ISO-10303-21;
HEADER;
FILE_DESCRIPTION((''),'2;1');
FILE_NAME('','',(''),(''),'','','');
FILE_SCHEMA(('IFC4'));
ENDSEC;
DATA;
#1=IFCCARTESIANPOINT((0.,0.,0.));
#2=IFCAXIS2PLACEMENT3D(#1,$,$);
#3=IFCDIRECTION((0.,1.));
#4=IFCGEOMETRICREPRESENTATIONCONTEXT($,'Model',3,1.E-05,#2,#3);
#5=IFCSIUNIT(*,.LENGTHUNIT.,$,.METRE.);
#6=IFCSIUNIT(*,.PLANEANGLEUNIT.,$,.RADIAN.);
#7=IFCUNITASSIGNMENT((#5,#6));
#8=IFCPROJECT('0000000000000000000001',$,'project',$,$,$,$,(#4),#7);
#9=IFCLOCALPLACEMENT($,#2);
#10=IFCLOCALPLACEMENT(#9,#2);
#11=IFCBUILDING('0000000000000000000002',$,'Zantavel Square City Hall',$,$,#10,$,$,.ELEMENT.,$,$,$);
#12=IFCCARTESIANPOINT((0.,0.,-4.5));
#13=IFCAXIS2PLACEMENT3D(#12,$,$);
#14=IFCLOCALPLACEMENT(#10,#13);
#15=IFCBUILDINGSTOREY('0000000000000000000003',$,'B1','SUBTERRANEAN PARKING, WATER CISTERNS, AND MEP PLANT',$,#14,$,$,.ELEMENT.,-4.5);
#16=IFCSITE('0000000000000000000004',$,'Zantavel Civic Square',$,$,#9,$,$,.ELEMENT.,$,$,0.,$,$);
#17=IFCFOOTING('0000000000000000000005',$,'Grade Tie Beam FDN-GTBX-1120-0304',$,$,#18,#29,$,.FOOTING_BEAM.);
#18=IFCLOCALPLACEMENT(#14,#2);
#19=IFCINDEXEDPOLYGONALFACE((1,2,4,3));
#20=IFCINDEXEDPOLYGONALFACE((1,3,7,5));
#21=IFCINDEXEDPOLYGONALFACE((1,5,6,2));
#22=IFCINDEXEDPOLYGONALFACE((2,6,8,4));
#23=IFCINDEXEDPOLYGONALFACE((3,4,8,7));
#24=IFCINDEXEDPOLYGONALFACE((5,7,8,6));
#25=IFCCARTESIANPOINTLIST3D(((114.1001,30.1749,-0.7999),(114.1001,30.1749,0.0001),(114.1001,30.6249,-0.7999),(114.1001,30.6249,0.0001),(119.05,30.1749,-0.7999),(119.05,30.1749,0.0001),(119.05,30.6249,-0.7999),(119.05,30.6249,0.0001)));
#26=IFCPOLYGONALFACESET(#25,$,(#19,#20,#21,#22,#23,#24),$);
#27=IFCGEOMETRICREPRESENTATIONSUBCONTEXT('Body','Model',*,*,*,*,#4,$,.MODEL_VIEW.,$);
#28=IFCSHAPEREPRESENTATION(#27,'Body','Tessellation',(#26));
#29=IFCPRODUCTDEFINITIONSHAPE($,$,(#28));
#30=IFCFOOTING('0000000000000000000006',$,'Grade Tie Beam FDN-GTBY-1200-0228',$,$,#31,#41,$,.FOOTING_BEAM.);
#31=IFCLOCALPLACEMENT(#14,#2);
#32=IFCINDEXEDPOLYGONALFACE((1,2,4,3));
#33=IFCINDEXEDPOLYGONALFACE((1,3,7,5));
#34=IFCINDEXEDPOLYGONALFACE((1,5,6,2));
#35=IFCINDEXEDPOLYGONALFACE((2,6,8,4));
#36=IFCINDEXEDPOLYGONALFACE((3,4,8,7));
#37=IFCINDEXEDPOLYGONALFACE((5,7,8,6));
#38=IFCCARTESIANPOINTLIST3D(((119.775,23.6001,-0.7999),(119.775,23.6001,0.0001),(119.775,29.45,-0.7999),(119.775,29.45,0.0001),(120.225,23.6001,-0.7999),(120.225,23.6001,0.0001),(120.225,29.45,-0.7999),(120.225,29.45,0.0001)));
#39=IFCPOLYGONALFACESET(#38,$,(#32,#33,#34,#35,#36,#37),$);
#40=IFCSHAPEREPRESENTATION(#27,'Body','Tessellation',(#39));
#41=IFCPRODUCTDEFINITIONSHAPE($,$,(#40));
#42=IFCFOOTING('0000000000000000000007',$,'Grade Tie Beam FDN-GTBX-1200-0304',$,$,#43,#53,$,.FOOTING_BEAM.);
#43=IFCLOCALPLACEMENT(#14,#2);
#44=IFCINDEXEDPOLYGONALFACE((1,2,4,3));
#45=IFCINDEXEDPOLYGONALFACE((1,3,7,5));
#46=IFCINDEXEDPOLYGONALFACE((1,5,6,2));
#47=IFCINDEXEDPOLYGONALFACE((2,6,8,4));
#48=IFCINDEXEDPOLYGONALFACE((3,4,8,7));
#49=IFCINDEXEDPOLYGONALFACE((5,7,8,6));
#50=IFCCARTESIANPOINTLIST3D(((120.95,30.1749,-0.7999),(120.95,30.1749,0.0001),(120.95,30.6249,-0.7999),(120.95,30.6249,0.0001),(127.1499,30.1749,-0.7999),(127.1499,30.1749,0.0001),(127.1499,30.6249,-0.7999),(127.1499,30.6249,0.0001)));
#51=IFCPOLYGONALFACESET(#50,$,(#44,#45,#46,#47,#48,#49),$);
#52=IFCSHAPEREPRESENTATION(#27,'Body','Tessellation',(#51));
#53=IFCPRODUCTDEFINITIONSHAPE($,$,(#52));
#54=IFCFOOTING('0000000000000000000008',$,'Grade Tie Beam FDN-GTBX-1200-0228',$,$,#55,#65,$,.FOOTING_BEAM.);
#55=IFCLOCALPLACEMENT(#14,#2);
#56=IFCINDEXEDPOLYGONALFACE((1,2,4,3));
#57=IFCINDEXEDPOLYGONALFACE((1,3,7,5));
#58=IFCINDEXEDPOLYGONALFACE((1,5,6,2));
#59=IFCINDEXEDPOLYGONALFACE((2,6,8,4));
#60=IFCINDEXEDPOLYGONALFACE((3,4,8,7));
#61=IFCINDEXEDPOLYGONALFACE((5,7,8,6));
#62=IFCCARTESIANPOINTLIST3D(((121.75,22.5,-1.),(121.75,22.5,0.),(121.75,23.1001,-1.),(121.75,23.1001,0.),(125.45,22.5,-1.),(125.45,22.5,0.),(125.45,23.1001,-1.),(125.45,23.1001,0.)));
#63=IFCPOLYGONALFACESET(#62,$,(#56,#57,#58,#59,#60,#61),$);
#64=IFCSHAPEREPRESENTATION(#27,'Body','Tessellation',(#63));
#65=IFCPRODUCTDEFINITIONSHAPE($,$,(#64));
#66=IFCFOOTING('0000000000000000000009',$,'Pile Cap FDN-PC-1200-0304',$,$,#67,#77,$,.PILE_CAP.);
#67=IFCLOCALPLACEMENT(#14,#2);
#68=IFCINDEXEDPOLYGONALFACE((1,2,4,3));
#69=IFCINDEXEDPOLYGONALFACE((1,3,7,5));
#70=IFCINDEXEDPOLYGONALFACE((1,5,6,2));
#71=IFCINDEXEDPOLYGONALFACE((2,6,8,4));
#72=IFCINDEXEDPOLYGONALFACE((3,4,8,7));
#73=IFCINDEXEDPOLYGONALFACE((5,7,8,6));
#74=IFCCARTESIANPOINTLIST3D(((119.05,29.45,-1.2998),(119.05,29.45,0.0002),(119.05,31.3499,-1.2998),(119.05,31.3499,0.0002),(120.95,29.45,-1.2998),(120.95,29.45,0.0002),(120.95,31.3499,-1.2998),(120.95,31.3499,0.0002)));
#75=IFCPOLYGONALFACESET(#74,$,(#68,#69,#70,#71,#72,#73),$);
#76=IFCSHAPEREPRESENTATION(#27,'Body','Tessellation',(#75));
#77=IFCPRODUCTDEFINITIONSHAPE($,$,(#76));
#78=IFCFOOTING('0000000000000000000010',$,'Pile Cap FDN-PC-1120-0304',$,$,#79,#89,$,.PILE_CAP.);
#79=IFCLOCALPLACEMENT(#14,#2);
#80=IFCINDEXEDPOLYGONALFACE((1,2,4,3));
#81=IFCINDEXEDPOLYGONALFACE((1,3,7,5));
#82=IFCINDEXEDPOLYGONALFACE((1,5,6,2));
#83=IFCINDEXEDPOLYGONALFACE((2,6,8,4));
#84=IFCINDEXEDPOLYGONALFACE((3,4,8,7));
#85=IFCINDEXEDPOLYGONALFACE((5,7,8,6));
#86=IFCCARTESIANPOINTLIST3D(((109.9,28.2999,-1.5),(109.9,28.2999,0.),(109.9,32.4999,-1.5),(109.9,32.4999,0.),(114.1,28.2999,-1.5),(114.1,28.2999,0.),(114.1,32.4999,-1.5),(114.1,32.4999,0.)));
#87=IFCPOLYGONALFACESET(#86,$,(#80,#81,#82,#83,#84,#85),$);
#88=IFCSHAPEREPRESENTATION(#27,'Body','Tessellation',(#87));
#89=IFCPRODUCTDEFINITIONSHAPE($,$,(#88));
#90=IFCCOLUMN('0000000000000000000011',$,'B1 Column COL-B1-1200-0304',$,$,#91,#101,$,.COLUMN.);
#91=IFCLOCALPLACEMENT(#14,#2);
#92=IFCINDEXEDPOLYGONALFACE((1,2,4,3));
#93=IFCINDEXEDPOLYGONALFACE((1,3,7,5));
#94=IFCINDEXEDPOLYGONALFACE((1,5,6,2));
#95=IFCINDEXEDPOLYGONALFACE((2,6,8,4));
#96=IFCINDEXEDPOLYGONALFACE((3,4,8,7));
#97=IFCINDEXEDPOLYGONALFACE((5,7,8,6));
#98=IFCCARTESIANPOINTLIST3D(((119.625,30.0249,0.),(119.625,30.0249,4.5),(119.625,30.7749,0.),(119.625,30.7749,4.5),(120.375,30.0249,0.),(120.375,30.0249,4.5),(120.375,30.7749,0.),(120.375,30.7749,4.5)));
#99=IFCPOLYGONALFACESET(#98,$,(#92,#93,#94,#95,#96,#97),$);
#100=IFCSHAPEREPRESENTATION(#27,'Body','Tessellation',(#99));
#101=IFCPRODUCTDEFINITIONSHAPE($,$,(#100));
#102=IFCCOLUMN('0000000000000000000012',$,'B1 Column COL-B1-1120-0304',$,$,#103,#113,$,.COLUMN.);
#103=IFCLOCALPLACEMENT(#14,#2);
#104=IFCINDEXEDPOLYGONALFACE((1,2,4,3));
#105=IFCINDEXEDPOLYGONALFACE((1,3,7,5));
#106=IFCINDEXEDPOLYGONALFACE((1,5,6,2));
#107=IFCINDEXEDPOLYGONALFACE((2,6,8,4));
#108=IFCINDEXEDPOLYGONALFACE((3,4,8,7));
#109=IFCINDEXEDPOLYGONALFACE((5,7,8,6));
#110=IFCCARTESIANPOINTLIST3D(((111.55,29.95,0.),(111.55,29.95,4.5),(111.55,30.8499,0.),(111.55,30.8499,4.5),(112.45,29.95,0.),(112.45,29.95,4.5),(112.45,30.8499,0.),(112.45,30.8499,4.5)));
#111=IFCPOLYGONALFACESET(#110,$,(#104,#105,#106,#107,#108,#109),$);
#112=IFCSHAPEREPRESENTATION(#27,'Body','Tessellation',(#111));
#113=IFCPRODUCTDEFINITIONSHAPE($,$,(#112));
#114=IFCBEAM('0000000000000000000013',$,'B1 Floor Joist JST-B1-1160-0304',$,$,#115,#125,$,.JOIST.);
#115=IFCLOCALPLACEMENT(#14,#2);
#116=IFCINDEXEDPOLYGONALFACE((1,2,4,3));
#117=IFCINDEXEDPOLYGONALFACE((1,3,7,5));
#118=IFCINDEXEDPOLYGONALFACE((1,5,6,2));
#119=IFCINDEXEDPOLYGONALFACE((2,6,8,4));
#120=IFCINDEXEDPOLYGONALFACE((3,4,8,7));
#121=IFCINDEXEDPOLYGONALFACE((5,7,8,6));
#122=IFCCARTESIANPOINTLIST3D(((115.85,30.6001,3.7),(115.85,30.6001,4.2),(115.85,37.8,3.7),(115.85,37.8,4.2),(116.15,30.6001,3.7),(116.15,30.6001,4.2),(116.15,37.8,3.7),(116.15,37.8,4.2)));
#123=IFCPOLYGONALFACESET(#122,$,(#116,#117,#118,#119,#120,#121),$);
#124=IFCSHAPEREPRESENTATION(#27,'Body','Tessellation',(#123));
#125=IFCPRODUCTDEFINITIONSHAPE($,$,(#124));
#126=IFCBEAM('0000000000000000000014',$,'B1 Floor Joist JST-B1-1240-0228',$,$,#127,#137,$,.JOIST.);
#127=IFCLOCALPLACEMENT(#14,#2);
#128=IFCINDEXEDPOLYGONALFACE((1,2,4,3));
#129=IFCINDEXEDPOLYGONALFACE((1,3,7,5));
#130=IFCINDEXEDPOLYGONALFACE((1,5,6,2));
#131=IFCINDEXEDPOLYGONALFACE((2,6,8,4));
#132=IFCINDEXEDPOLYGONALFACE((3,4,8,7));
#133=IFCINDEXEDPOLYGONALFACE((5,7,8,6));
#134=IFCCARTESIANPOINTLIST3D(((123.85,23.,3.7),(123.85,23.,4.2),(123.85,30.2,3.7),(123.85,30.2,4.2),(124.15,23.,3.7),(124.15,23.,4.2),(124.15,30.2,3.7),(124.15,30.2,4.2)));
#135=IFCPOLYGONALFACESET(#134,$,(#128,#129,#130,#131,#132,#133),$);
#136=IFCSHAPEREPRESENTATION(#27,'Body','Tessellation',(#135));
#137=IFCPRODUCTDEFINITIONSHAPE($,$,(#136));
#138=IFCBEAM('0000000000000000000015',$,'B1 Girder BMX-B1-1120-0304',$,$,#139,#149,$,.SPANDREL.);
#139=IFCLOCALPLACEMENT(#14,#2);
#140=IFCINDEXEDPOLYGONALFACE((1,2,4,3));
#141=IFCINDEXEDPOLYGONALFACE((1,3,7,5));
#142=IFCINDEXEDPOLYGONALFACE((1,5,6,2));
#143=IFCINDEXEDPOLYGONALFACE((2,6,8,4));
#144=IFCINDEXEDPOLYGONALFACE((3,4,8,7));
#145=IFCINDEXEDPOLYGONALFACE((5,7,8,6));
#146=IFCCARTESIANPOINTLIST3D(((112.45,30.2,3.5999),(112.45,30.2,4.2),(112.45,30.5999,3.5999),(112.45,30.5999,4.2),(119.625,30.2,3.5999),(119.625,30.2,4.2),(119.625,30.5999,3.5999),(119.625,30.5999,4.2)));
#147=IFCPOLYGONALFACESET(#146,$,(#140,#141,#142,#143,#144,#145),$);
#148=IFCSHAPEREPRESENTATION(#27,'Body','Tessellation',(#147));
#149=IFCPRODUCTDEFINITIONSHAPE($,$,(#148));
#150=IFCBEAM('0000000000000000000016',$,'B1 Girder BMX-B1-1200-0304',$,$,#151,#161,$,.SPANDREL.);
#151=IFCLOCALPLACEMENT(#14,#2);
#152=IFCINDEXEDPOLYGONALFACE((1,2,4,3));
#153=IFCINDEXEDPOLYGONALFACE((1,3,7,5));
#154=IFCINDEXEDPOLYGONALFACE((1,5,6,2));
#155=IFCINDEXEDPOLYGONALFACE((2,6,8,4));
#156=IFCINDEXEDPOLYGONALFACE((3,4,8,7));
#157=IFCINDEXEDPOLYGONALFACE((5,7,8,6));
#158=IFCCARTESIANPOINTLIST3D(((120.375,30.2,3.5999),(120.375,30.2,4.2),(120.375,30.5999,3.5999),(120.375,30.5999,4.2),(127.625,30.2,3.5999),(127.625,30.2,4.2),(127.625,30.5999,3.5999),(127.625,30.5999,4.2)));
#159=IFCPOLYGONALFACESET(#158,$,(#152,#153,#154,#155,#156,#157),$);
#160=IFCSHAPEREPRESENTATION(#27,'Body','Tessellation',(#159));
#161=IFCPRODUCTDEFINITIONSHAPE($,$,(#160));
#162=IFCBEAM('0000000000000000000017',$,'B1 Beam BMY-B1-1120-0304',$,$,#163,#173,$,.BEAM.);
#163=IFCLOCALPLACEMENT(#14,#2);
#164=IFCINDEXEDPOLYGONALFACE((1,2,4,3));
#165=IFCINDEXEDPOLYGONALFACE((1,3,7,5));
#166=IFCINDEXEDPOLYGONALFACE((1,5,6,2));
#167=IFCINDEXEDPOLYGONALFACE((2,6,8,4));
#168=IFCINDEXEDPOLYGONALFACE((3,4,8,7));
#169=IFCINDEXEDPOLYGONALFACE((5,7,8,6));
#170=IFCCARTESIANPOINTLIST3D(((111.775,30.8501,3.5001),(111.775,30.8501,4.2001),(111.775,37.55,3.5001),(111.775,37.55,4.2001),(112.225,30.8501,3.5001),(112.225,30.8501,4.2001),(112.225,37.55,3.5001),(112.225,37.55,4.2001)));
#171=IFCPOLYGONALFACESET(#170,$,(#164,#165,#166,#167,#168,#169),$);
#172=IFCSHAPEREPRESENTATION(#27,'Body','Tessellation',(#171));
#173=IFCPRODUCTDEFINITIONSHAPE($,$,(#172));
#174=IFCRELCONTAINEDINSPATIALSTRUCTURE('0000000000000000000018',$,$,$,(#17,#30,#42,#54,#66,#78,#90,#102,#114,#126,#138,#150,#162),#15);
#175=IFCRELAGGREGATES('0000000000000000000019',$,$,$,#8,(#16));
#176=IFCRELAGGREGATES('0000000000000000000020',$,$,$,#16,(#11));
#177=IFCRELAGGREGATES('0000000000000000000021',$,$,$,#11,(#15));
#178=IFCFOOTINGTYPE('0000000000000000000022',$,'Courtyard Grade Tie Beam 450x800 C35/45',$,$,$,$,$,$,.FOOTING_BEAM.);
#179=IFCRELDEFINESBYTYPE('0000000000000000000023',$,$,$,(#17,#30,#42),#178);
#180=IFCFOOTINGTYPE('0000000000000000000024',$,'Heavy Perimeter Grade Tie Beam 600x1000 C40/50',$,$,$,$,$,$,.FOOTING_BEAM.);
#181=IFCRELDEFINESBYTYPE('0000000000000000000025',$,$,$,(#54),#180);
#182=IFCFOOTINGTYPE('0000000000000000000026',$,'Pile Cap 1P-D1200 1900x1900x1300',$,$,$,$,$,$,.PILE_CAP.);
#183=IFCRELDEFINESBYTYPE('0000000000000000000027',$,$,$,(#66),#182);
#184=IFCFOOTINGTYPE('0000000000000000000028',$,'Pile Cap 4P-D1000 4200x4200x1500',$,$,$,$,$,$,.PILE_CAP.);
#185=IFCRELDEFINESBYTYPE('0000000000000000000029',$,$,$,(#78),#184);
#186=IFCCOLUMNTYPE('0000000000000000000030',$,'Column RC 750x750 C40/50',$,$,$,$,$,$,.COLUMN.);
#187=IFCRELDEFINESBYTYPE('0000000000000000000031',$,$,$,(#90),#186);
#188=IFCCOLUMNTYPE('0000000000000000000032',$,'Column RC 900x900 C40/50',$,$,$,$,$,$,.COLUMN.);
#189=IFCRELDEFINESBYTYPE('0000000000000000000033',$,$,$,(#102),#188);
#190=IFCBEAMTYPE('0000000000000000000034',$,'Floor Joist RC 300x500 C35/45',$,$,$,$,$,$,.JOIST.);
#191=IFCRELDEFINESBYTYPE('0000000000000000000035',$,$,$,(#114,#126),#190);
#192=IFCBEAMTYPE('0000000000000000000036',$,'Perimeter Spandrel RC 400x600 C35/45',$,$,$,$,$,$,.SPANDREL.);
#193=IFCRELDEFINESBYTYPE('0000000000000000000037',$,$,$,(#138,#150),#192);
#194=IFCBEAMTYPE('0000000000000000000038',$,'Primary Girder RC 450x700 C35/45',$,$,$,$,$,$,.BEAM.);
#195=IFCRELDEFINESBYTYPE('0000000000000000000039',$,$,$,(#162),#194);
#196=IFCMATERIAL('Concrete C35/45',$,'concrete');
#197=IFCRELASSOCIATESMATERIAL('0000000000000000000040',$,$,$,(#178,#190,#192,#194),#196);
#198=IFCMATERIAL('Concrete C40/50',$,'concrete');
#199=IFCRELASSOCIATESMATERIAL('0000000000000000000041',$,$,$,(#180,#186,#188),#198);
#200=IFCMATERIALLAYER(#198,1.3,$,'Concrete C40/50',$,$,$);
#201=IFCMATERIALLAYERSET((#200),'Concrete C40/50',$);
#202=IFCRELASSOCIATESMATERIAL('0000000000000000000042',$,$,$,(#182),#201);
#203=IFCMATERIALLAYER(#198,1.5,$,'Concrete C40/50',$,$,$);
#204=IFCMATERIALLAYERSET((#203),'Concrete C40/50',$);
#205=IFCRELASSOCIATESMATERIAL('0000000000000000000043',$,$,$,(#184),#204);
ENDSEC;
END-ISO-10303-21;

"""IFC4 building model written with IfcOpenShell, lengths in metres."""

from ifc_helpers import new_model, si_unit, direction, frame, origin, origin_2d, place, context, subcontext, project, spatial, rectangle, extrude, material, layer, layer_set, material_profile, profile_set, type_object, element, save


model = new_model("IFC4")

# Units and contexts
model_context = context("Model", 3, precision=1e-05, world=origin(), true_north=direction((0.0, 1.0)))
body_context = subcontext(model_context, "Body", "Model", "MODEL_VIEW")
ifc_project = project(units=[si_unit("LENGTHUNIT", "METRE"), si_unit("PLANEANGLEUNIT", "RADIAN")], contexts=[model_context])

# Site, building, storey
site_placement = place(None, origin())
site = spatial("IfcSite", under=ifc_project, at=site_placement, Name="Zantavel Civic Square", CompositionType="ELEMENT", RefElevation=0.0)
building_placement = place(site_placement, origin())
building = spatial("IfcBuilding", under=site, at=building_placement, Name="Zantavel Square City Hall", CompositionType="ELEMENT")
storey_placement = place(building_placement, frame((0.0, 0.0, -4.5)))
storey = spatial("IfcBuildingStorey", under=building, at=storey_placement, Name="B1", Description="SUBTERRANEAN PARKING, WATER CISTERNS, AND MEP PLANT", CompositionType="ELEMENT", Elevation=-4.5)

# Shared definitions
ifc_material_1 = material(Name="Concrete C35/45", Category="concrete")

# Footings
ifc_material_profile_1 = material_profile(ifc_material_1, rectangle(XDim=0.45, YDim=0.8, at=origin_2d()), Name="RC 450x800")
ifc_profile_set_1 = profile_set([ifc_material_profile_1], Name="Concrete C35/45")
footing_type_1 = type_object("IfcFootingType", Name="Courtyard Grade Tie Beam 450x800 C35/45", PredefinedType="FOOTING_BEAM", material=ifc_profile_set_1)
footing_1_placement = place(storey_placement, frame((114.1001, 30.3999, -0.3999), z_axis=(1.0, 0.0, 0.0), x_axis=(0.0, 1.0, 0.0)))
element("IfcFooting", 1, at=footing_1_placement, inside=storey, type_object=footing_type_1, Name="Grade Tie Beam FDN-GTBX-1120-0304", PredefinedType="FOOTING_BEAM", context=body_context, shape_type="SweptSolid", body=[
    extrude(rectangle(XDim=0.45, YDim=0.8, at=origin_2d()), origin(), (0.0, 0.0, 1.0), 4.95),
])
footing_2_placement = place(storey_placement, frame((120.0, 23.6001, -0.3999), z_axis=(0.0, 1.0, 0.0), x_axis=(-1.0, 0.0, 0.0)))
element("IfcFooting", 2, at=footing_2_placement, inside=storey, type_object=footing_type_1, Name="Grade Tie Beam FDN-GTBY-1200-0228", PredefinedType="FOOTING_BEAM", context=body_context, shape_type="SweptSolid", body=[
    extrude(rectangle(XDim=0.45, YDim=0.8, at=origin_2d()), origin(), (0.0, 0.0, 1.0), 5.8499),
])
footing_3_placement = place(storey_placement, frame((120.95, 30.3999, -0.3999), z_axis=(1.0, 0.0, 0.0), x_axis=(0.0, 1.0, 0.0)))
element("IfcFooting", 3, at=footing_3_placement, inside=storey, type_object=footing_type_1, Name="Grade Tie Beam FDN-GTBX-1200-0304", PredefinedType="FOOTING_BEAM", context=body_context, shape_type="SweptSolid", body=[
    extrude(rectangle(XDim=0.45, YDim=0.8, at=origin_2d()), origin(), (0.0, 0.0, 1.0), 6.2),
])
ifc_material_2 = material(Name="Concrete C40/50", Category="concrete")
ifc_material_profile_2 = material_profile(ifc_material_2, rectangle(XDim=0.6001, YDim=1.0, at=origin_2d()), Name="RC 600x1000")
ifc_profile_set_2 = profile_set([ifc_material_profile_2], Name="Concrete C40/50")
footing_type_2 = type_object("IfcFootingType", Name="Heavy Perimeter Grade Tie Beam 600x1000 C40/50", PredefinedType="FOOTING_BEAM", material=ifc_profile_set_2)
footing_4_placement = place(storey_placement, frame((121.75, 22.8, -0.5), z_axis=(1.0, 0.0, 0.0), x_axis=(0.0, 1.0, 0.0)))
element("IfcFooting", 4, at=footing_4_placement, inside=storey, type_object=footing_type_2, Name="Grade Tie Beam FDN-GTBX-1200-0228", PredefinedType="FOOTING_BEAM", context=body_context, shape_type="SweptSolid", body=[
    extrude(rectangle(XDim=0.6001, YDim=1.0, at=origin_2d()), origin(), (0.0, 0.0, 1.0), 3.7),
])
ifc_layer_1 = layer(ifc_material_2, 1.3, Name="Concrete C40/50")
ifc_layer_set_1 = layer_set([ifc_layer_1], Name="Concrete C40/50")
footing_type_3 = type_object("IfcFootingType", Name="Pile Cap 1P-D1200 1900x1900x1300", PredefinedType="PILE_CAP", material=ifc_layer_set_1)
footing_5_placement = place(storey_placement, frame((120.0, 30.3999, -1.2998), z_axis=(0.0, 0.0, 1.0), x_axis=(1.0, 0.0, 0.0)))
element("IfcFooting", 5, at=footing_5_placement, inside=storey, type_object=footing_type_3, Name="Pile Cap FDN-PC-1200-0304", PredefinedType="PILE_CAP", context=body_context, shape_type="SweptSolid", body=[
    extrude(rectangle(XDim=1.8999, YDim=1.8999, at=origin_2d()), origin(), (0.0, 0.0, 1.0), 1.3),
])
ifc_layer_2 = layer(ifc_material_2, 1.5, Name="Concrete C40/50")
ifc_layer_set_2 = layer_set([ifc_layer_2], Name="Concrete C40/50")
footing_type_4 = type_object("IfcFootingType", Name="Pile Cap 4P-D1000 4200x4200x1500", PredefinedType="PILE_CAP", material=ifc_layer_set_2)
footing_6_placement = place(storey_placement, frame((112.0, 30.3999, -1.5), z_axis=(0.0, 0.0, 1.0), x_axis=(1.0, 0.0, 0.0)))
element("IfcFooting", 6, at=footing_6_placement, inside=storey, type_object=footing_type_4, Name="Pile Cap FDN-PC-1120-0304", PredefinedType="PILE_CAP", context=body_context, shape_type="SweptSolid", body=[
    extrude(rectangle(XDim=4.2, YDim=4.2, at=origin_2d()), origin(), (0.0, 0.0, 1.0), 1.5),
])

# Columns
ifc_material_profile_3 = material_profile(ifc_material_2, rectangle(XDim=0.75, YDim=0.75, at=origin_2d()), Name="RC 750x750")
ifc_profile_set_3 = profile_set([ifc_material_profile_3], Name="Concrete C40/50")
column_type_1 = type_object("IfcColumnType", Name="Column RC 750x750 C40/50", PredefinedType="COLUMN", material=ifc_profile_set_3)
column_1_placement = place(storey_placement, frame((120.0, 30.3999, 0.0), z_axis=(0.0, 0.0, 1.0), x_axis=(1.0, 0.0, 0.0)))
element("IfcColumn", 7, at=column_1_placement, inside=storey, type_object=column_type_1, Name="B1 Column COL-B1-1200-0304", PredefinedType="COLUMN", context=body_context, shape_type="SweptSolid", body=[
    extrude(rectangle(XDim=0.75, YDim=0.75, at=origin_2d()), origin(), (0.0, 0.0, 1.0), 4.5),
])
ifc_material_profile_4 = material_profile(ifc_material_2, rectangle(XDim=0.8999, YDim=0.8999, at=origin_2d()), Name="RC 900x900")
ifc_profile_set_4 = profile_set([ifc_material_profile_4], Name="Concrete C40/50")
column_type_2 = type_object("IfcColumnType", Name="Column RC 900x900 C40/50", PredefinedType="COLUMN", material=ifc_profile_set_4)
column_2_placement = place(storey_placement, frame((112.0, 30.3999, 0.0), z_axis=(0.0, 0.0, 1.0), x_axis=(1.0, 0.0, 0.0)))
element("IfcColumn", 8, at=column_2_placement, inside=storey, type_object=column_type_2, Name="B1 Column COL-B1-1120-0304", PredefinedType="COLUMN", context=body_context, shape_type="SweptSolid", body=[
    extrude(rectangle(XDim=0.8999, YDim=0.8999, at=origin_2d()), origin(), (0.0, 0.0, 1.0), 4.5),
])

# Beams
ifc_material_profile_5 = material_profile(ifc_material_1, rectangle(XDim=0.3, YDim=0.5, at=origin_2d()), Name="RC 300x500")
ifc_profile_set_5 = profile_set([ifc_material_profile_5], Name="Concrete C35/45")
beam_type_1 = type_object("IfcBeamType", Name="Floor Joist RC 300x500 C35/45", PredefinedType="JOIST", material=ifc_profile_set_5)
for number, where, z_axis, x_axis, name in (
    (9, (116.0, 30.6001, 3.95), (0.0, 1.0, 0.0), (-1.0, 0.0, 0.0), "B1 Floor Joist JST-B1-1160-0304"),
    (10, (124.0, 23.0, 3.95), (0.0, 1.0, 0.0), (-1.0, 0.0, 0.0), "B1 Floor Joist JST-B1-1240-0228"),
):
    element("IfcBeam", number, at=place(storey_placement, frame(where, z_axis=z_axis, x_axis=x_axis)), inside=storey, type_object=beam_type_1, Name=name, PredefinedType="JOIST", context=body_context, shape_type="SweptSolid", body=[
        extrude(rectangle(XDim=0.3, YDim=0.5, at=origin_2d()), origin(), (0.0, 0.0, 1.0), 7.2),
    ])
ifc_material_profile_6 = material_profile(ifc_material_1, rectangle(XDim=0.3999, YDim=0.6001, at=origin_2d()), Name="RC 400x600")
ifc_profile_set_6 = profile_set([ifc_material_profile_6], Name="Concrete C35/45")
beam_type_2 = type_object("IfcBeamType", Name="Perimeter Spandrel RC 400x600 C35/45", PredefinedType="SPANDREL", material=ifc_profile_set_6)
beam_1_placement = place(storey_placement, frame((112.45, 30.3999, 3.8999), z_axis=(1.0, 0.0, 0.0), x_axis=(0.0, 1.0, 0.0)))
element("IfcBeam", 11, at=beam_1_placement, inside=storey, type_object=beam_type_2, Name="B1 Girder BMX-B1-1120-0304", PredefinedType="SPANDREL", context=body_context, shape_type="SweptSolid", body=[
    extrude(rectangle(XDim=0.3999, YDim=0.6001, at=origin_2d()), origin(), (0.0, 0.0, 1.0), 7.175),
])
beam_2_placement = place(storey_placement, frame((120.375, 30.3999, 3.8999), z_axis=(1.0, 0.0, 0.0), x_axis=(0.0, 1.0, 0.0)))
element("IfcBeam", 12, at=beam_2_placement, inside=storey, type_object=beam_type_2, Name="B1 Girder BMX-B1-1200-0304", PredefinedType="SPANDREL", context=body_context, shape_type="SweptSolid", body=[
    extrude(rectangle(XDim=0.3999, YDim=0.6001, at=origin_2d()), origin(), (0.0, 0.0, 1.0), 7.25),
])
ifc_material_profile_7 = material_profile(ifc_material_1, rectangle(XDim=0.45, YDim=0.7, at=origin_2d()), Name="RC 450x700")
ifc_profile_set_7 = profile_set([ifc_material_profile_7], Name="Concrete C35/45")
beam_type_3 = type_object("IfcBeamType", Name="Primary Girder RC 450x700 C35/45", PredefinedType="BEAM", material=ifc_profile_set_7)
beam_3_placement = place(storey_placement, frame((112.0, 30.8501, 3.8501), z_axis=(0.0, 1.0, 0.0), x_axis=(-1.0, 0.0, 0.0)))
element("IfcBeam", 13, at=beam_3_placement, inside=storey, type_object=beam_type_3, Name="B1 Beam BMY-B1-1120-0304", PredefinedType="BEAM", context=body_context, shape_type="SweptSolid", body=[
    extrude(rectangle(XDim=0.45, YDim=0.7, at=origin_2d()), origin(), (0.0, 0.0, 1.0), 6.7),
])

save(model, "model.ifc")
